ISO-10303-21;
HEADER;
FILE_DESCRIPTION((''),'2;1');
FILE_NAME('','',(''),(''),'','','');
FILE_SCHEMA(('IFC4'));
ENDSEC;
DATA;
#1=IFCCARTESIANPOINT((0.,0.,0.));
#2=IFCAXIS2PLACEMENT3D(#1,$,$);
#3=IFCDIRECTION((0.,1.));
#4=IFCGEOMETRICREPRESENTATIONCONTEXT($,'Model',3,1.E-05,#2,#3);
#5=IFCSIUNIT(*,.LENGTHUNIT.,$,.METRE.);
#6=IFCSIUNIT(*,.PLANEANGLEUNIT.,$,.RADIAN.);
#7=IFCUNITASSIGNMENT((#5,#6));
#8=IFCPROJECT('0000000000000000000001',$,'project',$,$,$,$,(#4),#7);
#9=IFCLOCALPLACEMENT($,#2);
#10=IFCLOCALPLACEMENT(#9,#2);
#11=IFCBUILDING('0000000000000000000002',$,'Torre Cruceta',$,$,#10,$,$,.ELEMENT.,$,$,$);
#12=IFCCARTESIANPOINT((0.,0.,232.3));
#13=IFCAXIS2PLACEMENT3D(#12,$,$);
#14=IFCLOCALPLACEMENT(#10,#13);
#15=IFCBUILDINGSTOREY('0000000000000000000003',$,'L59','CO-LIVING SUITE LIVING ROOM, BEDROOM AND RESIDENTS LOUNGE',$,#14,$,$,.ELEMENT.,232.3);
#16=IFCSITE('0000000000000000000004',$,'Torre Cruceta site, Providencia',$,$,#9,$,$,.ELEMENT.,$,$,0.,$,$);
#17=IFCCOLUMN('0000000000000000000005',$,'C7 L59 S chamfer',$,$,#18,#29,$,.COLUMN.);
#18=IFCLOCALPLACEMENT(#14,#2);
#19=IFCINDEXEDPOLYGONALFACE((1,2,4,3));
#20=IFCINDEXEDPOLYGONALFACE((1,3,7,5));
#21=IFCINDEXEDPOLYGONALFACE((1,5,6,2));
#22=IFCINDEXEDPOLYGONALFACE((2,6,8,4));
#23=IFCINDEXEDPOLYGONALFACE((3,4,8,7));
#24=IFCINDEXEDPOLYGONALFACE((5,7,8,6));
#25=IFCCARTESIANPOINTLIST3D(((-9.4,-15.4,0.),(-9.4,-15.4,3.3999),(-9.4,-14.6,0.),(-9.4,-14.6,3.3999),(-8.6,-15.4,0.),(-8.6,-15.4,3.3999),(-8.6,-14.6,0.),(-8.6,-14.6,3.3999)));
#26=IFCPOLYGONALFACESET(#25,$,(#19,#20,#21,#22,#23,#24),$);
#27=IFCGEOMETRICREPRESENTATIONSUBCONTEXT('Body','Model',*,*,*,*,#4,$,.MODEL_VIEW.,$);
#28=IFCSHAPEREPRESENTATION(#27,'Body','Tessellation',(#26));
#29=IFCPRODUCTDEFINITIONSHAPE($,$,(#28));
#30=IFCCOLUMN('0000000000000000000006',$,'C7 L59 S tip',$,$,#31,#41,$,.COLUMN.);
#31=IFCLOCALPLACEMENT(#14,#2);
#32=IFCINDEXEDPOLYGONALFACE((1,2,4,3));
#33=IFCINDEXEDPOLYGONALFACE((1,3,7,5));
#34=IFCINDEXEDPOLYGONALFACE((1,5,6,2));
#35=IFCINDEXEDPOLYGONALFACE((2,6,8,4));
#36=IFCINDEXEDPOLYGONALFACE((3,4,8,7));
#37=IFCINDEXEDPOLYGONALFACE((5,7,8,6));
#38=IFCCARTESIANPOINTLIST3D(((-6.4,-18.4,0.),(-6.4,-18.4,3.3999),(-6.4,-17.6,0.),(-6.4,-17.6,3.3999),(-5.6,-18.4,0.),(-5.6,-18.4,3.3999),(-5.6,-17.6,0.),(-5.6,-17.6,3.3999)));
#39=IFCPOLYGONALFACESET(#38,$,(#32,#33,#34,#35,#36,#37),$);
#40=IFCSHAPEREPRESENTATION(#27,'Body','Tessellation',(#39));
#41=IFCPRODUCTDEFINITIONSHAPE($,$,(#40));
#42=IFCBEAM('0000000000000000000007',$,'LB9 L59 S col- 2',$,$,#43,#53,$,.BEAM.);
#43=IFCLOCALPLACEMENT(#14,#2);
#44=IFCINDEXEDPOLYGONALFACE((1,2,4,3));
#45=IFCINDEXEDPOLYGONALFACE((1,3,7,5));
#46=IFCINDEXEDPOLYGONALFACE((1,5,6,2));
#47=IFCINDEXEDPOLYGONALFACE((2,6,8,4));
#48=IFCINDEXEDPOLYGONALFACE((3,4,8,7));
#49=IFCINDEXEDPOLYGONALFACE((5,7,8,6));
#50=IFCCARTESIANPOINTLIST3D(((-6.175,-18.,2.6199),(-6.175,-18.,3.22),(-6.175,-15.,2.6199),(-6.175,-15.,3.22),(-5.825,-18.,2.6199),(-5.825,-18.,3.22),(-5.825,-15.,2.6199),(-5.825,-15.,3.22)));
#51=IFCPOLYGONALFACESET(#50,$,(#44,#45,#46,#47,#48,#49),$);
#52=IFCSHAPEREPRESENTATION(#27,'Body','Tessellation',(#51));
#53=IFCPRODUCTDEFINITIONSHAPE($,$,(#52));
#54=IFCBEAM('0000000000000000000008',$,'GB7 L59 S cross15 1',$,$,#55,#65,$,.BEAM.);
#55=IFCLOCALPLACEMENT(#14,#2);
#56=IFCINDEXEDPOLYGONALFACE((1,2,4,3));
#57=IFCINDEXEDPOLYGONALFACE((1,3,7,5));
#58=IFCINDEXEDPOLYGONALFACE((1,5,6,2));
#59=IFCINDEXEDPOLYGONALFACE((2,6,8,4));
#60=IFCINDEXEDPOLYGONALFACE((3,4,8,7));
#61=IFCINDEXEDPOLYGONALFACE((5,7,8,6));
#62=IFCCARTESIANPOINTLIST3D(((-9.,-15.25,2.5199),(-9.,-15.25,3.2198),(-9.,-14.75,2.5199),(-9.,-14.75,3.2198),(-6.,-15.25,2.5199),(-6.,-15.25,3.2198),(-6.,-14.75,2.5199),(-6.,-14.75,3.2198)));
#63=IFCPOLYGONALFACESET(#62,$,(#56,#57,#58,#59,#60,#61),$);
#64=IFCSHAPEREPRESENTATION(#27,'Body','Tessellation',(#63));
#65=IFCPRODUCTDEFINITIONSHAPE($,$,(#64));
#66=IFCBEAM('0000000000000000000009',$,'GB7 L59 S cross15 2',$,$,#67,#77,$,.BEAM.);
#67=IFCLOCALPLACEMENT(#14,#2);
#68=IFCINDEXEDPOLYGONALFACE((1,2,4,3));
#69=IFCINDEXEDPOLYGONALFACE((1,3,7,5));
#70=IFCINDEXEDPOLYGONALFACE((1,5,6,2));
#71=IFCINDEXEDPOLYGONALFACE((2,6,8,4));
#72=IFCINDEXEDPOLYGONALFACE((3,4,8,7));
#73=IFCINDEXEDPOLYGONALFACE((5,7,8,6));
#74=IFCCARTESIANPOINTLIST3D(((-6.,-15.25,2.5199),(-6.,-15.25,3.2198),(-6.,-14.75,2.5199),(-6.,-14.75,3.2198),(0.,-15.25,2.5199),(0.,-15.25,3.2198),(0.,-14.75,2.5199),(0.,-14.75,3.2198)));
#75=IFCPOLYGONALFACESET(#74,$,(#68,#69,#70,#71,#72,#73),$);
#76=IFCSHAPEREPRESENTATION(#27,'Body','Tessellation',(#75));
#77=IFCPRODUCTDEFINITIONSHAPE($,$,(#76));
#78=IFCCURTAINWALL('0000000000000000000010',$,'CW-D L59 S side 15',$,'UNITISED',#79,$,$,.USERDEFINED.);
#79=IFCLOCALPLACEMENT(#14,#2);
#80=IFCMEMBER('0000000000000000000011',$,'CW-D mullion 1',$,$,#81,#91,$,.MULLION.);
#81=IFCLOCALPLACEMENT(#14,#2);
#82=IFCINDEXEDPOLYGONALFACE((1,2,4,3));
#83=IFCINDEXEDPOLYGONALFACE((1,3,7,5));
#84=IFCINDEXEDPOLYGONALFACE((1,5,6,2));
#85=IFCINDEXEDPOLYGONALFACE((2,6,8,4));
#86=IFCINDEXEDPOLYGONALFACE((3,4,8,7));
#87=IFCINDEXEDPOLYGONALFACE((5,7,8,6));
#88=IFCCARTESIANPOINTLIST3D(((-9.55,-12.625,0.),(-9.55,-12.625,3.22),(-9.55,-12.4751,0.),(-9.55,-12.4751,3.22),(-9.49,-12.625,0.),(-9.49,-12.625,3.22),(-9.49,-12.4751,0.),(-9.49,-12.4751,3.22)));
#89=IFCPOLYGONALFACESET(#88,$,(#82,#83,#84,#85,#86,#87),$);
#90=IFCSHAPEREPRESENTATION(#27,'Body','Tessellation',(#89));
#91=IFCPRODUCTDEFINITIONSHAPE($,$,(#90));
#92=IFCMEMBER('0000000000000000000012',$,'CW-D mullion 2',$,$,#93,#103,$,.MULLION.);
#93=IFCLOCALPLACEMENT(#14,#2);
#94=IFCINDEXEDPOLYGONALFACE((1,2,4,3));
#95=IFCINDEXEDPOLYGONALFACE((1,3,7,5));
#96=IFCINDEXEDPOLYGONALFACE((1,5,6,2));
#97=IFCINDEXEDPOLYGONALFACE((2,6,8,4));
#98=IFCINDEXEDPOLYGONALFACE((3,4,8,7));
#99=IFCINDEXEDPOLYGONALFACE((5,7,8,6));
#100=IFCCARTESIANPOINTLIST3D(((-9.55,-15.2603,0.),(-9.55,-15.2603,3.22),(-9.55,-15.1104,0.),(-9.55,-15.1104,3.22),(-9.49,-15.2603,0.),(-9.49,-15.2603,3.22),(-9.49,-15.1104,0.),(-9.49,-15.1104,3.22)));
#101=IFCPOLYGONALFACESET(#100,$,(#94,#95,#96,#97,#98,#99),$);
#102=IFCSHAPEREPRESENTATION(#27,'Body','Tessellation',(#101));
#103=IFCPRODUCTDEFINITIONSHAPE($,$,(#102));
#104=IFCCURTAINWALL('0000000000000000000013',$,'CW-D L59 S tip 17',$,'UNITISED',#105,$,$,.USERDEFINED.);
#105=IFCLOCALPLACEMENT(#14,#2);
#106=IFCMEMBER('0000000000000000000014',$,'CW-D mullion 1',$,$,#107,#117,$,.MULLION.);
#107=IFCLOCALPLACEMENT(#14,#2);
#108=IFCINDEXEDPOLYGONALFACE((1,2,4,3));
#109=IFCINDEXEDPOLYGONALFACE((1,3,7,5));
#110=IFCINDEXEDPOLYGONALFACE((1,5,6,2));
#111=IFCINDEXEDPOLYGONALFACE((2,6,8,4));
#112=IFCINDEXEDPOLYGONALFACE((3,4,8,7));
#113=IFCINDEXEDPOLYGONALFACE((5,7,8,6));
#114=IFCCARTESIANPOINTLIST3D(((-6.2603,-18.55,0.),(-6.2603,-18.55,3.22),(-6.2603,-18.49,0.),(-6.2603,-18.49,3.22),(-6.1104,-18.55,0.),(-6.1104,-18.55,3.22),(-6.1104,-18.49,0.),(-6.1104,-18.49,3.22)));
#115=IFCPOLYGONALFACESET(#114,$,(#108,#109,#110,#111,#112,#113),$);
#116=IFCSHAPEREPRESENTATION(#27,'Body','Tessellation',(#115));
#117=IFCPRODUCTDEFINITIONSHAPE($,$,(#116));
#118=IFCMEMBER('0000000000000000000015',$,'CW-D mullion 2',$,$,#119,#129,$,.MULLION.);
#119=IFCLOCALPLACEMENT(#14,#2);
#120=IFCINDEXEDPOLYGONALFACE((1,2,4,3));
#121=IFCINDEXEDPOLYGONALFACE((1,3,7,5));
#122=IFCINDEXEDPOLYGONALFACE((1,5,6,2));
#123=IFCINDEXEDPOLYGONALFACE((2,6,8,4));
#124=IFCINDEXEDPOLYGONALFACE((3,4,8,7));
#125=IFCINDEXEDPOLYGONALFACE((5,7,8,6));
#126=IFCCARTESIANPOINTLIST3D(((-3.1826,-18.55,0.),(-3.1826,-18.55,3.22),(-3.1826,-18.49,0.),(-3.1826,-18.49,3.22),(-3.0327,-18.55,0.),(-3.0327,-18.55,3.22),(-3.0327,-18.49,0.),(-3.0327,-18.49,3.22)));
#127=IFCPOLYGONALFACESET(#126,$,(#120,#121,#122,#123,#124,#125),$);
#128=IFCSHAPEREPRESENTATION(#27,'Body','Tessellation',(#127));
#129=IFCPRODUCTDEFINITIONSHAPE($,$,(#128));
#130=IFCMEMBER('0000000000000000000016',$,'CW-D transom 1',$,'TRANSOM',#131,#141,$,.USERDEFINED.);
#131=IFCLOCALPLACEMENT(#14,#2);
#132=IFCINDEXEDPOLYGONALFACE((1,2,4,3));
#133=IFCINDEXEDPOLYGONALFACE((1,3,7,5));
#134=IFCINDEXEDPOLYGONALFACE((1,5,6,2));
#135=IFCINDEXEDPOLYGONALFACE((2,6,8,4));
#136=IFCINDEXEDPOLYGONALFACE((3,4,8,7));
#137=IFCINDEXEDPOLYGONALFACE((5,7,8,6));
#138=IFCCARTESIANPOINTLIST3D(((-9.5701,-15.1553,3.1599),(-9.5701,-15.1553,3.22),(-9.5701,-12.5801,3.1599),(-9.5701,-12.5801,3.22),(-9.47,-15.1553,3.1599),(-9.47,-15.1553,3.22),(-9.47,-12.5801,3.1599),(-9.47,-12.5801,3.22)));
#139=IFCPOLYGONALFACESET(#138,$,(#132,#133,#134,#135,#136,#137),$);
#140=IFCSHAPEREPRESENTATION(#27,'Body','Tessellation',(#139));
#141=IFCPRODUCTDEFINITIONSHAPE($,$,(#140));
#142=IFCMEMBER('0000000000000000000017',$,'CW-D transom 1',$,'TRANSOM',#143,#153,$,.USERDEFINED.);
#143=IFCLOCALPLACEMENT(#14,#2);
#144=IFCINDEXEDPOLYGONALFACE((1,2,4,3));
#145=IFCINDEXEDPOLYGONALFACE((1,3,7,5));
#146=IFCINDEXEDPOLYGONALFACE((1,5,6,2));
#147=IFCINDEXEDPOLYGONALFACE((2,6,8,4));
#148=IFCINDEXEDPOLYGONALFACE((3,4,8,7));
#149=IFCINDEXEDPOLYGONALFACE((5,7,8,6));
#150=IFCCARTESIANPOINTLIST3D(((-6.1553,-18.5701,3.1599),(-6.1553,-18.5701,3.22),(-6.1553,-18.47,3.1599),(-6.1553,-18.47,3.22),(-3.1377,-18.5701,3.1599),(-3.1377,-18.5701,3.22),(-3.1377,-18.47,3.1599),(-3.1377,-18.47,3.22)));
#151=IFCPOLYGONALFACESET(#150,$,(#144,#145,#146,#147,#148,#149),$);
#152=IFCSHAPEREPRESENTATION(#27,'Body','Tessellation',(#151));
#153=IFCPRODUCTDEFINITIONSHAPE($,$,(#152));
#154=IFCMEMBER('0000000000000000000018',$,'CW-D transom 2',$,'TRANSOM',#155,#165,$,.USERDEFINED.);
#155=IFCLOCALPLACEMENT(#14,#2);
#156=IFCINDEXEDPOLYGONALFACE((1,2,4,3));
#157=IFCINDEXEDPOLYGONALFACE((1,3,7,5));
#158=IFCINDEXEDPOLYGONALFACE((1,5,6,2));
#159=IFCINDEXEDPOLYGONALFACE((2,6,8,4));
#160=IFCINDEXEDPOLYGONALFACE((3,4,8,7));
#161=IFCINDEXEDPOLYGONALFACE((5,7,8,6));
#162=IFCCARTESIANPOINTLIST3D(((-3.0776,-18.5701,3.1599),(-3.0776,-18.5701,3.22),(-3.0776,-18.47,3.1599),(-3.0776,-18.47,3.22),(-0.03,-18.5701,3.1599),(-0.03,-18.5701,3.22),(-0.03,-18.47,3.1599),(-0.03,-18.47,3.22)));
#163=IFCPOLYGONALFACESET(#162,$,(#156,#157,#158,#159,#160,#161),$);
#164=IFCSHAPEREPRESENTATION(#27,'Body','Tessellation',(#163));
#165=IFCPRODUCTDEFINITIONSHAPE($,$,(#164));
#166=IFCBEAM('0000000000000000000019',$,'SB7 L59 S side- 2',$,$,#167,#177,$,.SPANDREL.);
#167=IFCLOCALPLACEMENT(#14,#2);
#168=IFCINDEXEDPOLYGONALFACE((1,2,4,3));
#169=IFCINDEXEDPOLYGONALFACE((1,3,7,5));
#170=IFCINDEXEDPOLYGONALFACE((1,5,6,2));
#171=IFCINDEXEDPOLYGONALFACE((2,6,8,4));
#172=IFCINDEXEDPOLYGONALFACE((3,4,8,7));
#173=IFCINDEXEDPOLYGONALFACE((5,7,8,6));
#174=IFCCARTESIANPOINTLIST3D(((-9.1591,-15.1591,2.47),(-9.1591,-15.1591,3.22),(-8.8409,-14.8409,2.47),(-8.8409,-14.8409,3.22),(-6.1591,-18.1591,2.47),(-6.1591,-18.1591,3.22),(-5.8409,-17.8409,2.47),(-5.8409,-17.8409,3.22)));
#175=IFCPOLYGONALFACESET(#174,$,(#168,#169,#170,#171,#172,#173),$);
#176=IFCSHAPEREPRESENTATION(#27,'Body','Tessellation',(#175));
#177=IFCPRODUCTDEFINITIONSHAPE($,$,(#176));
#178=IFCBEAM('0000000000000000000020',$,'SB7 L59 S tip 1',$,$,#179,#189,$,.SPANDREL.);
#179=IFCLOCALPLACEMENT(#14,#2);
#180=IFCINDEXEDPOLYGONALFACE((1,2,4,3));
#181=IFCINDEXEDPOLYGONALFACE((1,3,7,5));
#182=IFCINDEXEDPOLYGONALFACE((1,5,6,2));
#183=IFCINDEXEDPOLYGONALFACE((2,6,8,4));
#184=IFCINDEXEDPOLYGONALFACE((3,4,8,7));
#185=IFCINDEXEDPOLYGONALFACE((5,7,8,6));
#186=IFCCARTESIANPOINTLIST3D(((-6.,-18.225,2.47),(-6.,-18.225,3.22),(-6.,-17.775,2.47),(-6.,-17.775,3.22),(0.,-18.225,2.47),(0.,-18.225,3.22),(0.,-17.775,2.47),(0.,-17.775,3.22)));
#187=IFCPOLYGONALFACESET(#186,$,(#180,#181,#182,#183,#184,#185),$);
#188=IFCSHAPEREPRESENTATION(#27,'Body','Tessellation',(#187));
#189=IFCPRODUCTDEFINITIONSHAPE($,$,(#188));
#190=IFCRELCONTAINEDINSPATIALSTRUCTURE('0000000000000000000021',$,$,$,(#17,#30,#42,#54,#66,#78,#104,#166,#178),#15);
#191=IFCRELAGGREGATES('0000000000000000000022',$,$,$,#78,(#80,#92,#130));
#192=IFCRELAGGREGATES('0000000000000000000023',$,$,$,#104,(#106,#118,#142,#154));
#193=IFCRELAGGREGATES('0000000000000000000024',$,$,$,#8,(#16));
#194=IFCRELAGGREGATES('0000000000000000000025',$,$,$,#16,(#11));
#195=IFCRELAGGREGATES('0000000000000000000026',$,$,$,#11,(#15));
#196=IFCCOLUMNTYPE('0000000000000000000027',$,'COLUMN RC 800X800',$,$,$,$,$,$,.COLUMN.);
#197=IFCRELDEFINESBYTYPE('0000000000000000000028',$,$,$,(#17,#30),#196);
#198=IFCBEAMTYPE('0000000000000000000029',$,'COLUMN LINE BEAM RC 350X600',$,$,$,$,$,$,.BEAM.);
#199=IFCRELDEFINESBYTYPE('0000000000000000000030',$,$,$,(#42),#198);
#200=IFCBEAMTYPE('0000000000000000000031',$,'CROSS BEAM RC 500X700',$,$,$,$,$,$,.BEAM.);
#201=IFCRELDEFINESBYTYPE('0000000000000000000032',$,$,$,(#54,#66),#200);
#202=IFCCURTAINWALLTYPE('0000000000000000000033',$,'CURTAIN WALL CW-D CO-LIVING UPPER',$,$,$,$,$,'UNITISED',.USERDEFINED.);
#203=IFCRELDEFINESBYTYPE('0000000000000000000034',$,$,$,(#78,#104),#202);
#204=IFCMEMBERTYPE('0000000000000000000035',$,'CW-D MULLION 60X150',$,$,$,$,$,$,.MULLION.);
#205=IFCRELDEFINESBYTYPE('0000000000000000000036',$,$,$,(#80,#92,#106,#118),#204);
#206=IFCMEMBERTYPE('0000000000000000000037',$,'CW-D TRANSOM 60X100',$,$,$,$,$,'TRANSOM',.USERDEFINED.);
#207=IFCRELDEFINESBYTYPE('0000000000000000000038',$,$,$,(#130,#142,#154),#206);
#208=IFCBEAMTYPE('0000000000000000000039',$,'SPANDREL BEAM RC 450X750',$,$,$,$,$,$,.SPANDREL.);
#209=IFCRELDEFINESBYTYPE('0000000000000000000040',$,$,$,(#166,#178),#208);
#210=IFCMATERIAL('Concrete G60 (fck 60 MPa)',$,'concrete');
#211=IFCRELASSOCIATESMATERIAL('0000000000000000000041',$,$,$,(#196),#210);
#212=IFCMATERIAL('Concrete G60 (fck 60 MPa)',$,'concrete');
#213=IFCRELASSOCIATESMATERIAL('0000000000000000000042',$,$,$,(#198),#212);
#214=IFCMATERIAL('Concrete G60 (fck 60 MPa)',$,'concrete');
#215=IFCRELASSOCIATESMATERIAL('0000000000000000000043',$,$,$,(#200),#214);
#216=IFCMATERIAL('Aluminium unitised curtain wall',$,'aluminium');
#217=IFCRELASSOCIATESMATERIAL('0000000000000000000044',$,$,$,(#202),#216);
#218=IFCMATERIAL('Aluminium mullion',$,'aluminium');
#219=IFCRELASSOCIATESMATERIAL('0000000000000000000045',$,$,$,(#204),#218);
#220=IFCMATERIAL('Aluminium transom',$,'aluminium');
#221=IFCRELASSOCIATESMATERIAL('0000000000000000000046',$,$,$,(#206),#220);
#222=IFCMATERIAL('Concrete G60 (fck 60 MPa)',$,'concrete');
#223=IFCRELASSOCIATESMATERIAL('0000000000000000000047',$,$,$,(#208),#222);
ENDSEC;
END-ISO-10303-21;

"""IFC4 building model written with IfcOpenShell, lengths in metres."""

from ifc_helpers import new_model, si_unit, direction, frame, origin, origin_2d, place, context, subcontext, project, spatial, rectangle, extrude, material, material_profile, profile_set, type_object, element, aggregate, save


model = new_model("IFC4")

# Units and contexts
model_context = context("Model", 3, precision=1e-05, world=origin(), true_north=direction((0.0, 1.0)))
body_context = subcontext(model_context, "Body", "Model", "MODEL_VIEW")
ifc_project = project(units=[si_unit("LENGTHUNIT", "METRE"), si_unit("PLANEANGLEUNIT", "RADIAN")], contexts=[model_context])

# Site, building, storey
site_placement = place(None, origin())
site = spatial("IfcSite", under=ifc_project, at=site_placement, Name="Torre Cruceta site, Providencia", CompositionType="ELEMENT", RefElevation=0.0)
building_placement = place(site_placement, origin())
building = spatial("IfcBuilding", under=site, at=building_placement, Name="Torre Cruceta", CompositionType="ELEMENT")
storey_placement = place(building_placement, frame((0.0, 0.0, 232.3)))
storey = spatial("IfcBuildingStorey", under=building, at=storey_placement, Name="L59", Description="CO-LIVING SUITE LIVING ROOM, BEDROOM AND RESIDENTS LOUNGE", CompositionType="ELEMENT", Elevation=232.3)

# Columns
ifc_material_1 = material(Name="Concrete G60 (fck 60 MPa)", Category="concrete")
ifc_material_profile_1 = material_profile(ifc_material_1, rectangle(XDim=0.8, YDim=0.8, at=origin_2d()), Name="RC 800X800")
ifc_profile_set_1 = profile_set([ifc_material_profile_1], Name="Concrete G60 (fck 60 MPa)")
column_type = type_object("IfcColumnType", Name="COLUMN RC 800X800", PredefinedType="COLUMN", material=ifc_profile_set_1)
for number, where, z_axis, x_axis, name in (
    (1, (-9.0, -15.0, 0.0), (0.0, 0.0, 1.0), (1.0, 0.0, 0.0), "C7 L59 S chamfer"),
    (2, (-6.0, -18.0, 0.0), (0.0, 0.0, 1.0), (1.0, 0.0, 0.0), "C7 L59 S tip"),
):
    element("IfcColumn", number, at=place(storey_placement, frame(where, z_axis=z_axis, x_axis=x_axis)), inside=storey, type_object=column_type, Name=name, PredefinedType="COLUMN", context=body_context, shape_type="SweptSolid", body=[
        extrude(rectangle(XDim=0.8, YDim=0.8, at=origin_2d()), origin(), (0.0, 0.0, 1.0), 3.3999),
    ])

# Beams
ifc_material_2 = material(Name="Concrete G60 (fck 60 MPa)", Category="concrete")
ifc_material_profile_2 = material_profile(ifc_material_2, rectangle(XDim=0.3501, YDim=0.6001, at=origin_2d()), Name="RC 350X600")
ifc_profile_set_2 = profile_set([ifc_material_profile_2], Name="Concrete G60 (fck 60 MPa)")
beam_type_1 = type_object("IfcBeamType", Name="COLUMN LINE BEAM RC 350X600", PredefinedType="BEAM", material=ifc_profile_set_2)
beam_1_placement = place(storey_placement, frame((-6.0, -15.0, 2.9199), z_axis=(0.0, -1.0, 0.0), x_axis=(1.0, 0.0, 0.0)))
element("IfcBeam", 3, at=beam_1_placement, inside=storey, type_object=beam_type_1, Name="LB9 L59 S col- 2", PredefinedType="BEAM", context=body_context, shape_type="SweptSolid", body=[
    extrude(rectangle(XDim=0.3501, YDim=0.6001, at=origin_2d()), origin(), (0.0, 0.0, 1.0), 3.0),
])
ifc_material_3 = material(Name="Concrete G60 (fck 60 MPa)", Category="concrete")
ifc_material_profile_3 = material_profile(ifc_material_3, rectangle(XDim=0.5, YDim=0.7, at=origin_2d()), Name="RC 500X700")
ifc_profile_set_3 = profile_set([ifc_material_profile_3], Name="Concrete G60 (fck 60 MPa)")
beam_type_2 = type_object("IfcBeamType", Name="CROSS BEAM RC 500X700", PredefinedType="BEAM", material=ifc_profile_set_3)
beam_2_placement = place(storey_placement, frame((-9.0, -15.0, 2.8699), z_axis=(1.0, 0.0, 0.0), x_axis=(0.0, 1.0, 0.0)))
element("IfcBeam", 4, at=beam_2_placement, inside=storey, type_object=beam_type_2, Name="GB7 L59 S cross15 1", PredefinedType="BEAM", context=body_context, shape_type="SweptSolid", body=[
    extrude(rectangle(XDim=0.5, YDim=0.7, at=origin_2d()), origin(), (0.0, 0.0, 1.0), 3.0),
])
beam_3_placement = place(storey_placement, frame((-6.0, -15.0, 2.8699), z_axis=(1.0, 0.0, 0.0), x_axis=(0.0, 1.0, 0.0)))
element("IfcBeam", 5, at=beam_3_placement, inside=storey, type_object=beam_type_2, Name="GB7 L59 S cross15 2", PredefinedType="BEAM", context=body_context, shape_type="SweptSolid", body=[
    extrude(rectangle(XDim=0.5, YDim=0.7, at=origin_2d()), origin(), (0.0, 0.0, 1.0), 6.0),
])

# Curtain walls, members
ifc_material_4 = material(Name="Aluminium unitised curtain wall", Category="aluminium")
curtain_wall_type = type_object("IfcCurtainWallType", Name="CURTAIN WALL CW-D CO-LIVING UPPER", ElementType="UNITISED", PredefinedType="USERDEFINED", material=ifc_material_4)
curtain_wall_1_placement = place(storey_placement, origin())
curtain_wall_1 = element("IfcCurtainWall", 6, at=curtain_wall_1_placement, inside=storey, type_object=curtain_wall_type, Name="CW-D L59 S side 15", ObjectType="UNITISED", PredefinedType="USERDEFINED")
ifc_material_5 = material(Name="Aluminium mullion", Category="aluminium")
ifc_material_profile_4 = material_profile(ifc_material_5, rectangle(XDim=0.0601, YDim=0.1499, at=origin_2d()), Name="AL 60X150")
ifc_profile_set_4 = profile_set([ifc_material_profile_4], Name="Aluminium mullion")
member_type_1 = type_object("IfcMemberType", Name="CW-D MULLION 60X150", PredefinedType="MULLION", material=ifc_profile_set_4)
member_1_placement = place(storey_placement, frame((-9.52, -12.55, 0.0), z_axis=(0.0, 0.0, 1.0), x_axis=(1.0, 0.0, 0.0)))
member_1 = element("IfcMember", 7, at=member_1_placement, type_object=member_type_1, Name="CW-D mullion 1", PredefinedType="MULLION", context=body_context, shape_type="SweptSolid", body=[
    extrude(rectangle(XDim=0.0601, YDim=0.1499, at=origin_2d()), origin(), (0.0, 0.0, 1.0), 3.22),
])
member_2_placement = place(storey_placement, frame((-9.52, -15.1853, 0.0), z_axis=(0.0, 0.0, 1.0), x_axis=(1.0, 0.0, 0.0)))
member_2 = element("IfcMember", 8, at=member_2_placement, type_object=member_type_1, Name="CW-D mullion 2", PredefinedType="MULLION", context=body_context, shape_type="SweptSolid", body=[
    extrude(rectangle(XDim=0.0601, YDim=0.1499, at=origin_2d()), origin(), (0.0, 0.0, 1.0), 3.22),
])
curtain_wall_2_placement = place(storey_placement, origin())
curtain_wall_2 = element("IfcCurtainWall", 9, at=curtain_wall_2_placement, inside=storey, type_object=curtain_wall_type, Name="CW-D L59 S tip 17", ObjectType="UNITISED", PredefinedType="USERDEFINED")
member_3_placement = place(storey_placement, frame((-6.1853, -18.52, 0.0), z_axis=(0.0, 0.0, 1.0), x_axis=(0.0, 1.0, 0.0)))
member_3 = element("IfcMember", 10, at=member_3_placement, type_object=member_type_1, Name="CW-D mullion 1", PredefinedType="MULLION", context=body_context, shape_type="SweptSolid", body=[
    extrude(rectangle(XDim=0.0601, YDim=0.1499, at=origin_2d()), origin(), (0.0, 0.0, 1.0), 3.22),
])
member_4_placement = place(storey_placement, frame((-3.1077, -18.52, 0.0), z_axis=(0.0, 0.0, 1.0), x_axis=(0.0, 1.0, 0.0)))
member_4 = element("IfcMember", 11, at=member_4_placement, type_object=member_type_1, Name="CW-D mullion 2", PredefinedType="MULLION", context=body_context, shape_type="SweptSolid", body=[
    extrude(rectangle(XDim=0.0601, YDim=0.1499, at=origin_2d()), origin(), (0.0, 0.0, 1.0), 3.22),
])

# Members
ifc_material_6 = material(Name="Aluminium transom", Category="aluminium")
ifc_material_profile_5 = material_profile(ifc_material_6, rectangle(XDim=0.1001, YDim=0.0601, at=origin_2d()), Name="AL 100X60")
ifc_profile_set_5 = profile_set([ifc_material_profile_5], Name="Aluminium transom")
member_type_2 = type_object("IfcMemberType", Name="CW-D TRANSOM 60X100", ElementType="TRANSOM", PredefinedType="USERDEFINED", material=ifc_profile_set_5)
member_5_placement = place(storey_placement, frame((-9.52, -12.5801, 3.1899), z_axis=(0.0, -1.0, 0.0), x_axis=(1.0, 0.0, 0.0)))
member_5 = element("IfcMember", 12, at=member_5_placement, type_object=member_type_2, Name="CW-D transom 1", ObjectType="TRANSOM", PredefinedType="USERDEFINED", context=body_context, shape_type="SweptSolid", body=[
    extrude(rectangle(XDim=0.1001, YDim=0.0601, at=origin_2d()), origin(), (0.0, 0.0, 1.0), 2.5752),
])
member_6_placement = place(storey_placement, frame((-6.1553, -18.52, 3.1899), z_axis=(1.0, 0.0, 0.0), x_axis=(0.0, 1.0, 0.0)))
member_6 = element("IfcMember", 13, at=member_6_placement, type_object=member_type_2, Name="CW-D transom 1", ObjectType="TRANSOM", PredefinedType="USERDEFINED", context=body_context, shape_type="SweptSolid", body=[
    extrude(rectangle(XDim=0.1001, YDim=0.0601, at=origin_2d()), origin(), (0.0, 0.0, 1.0), 3.0176),
])
member_7_placement = place(storey_placement, frame((-3.0776, -18.52, 3.1899), z_axis=(1.0, 0.0, 0.0), x_axis=(0.0, 1.0, 0.0)))
member_7 = element("IfcMember", 14, at=member_7_placement, type_object=member_type_2, Name="CW-D transom 2", ObjectType="TRANSOM", PredefinedType="USERDEFINED", context=body_context, shape_type="SweptSolid", body=[
    extrude(rectangle(XDim=0.1001, YDim=0.0601, at=origin_2d()), origin(), (0.0, 0.0, 1.0), 3.0476),
])

# Beams
ifc_material_7 = material(Name="Concrete G60 (fck 60 MPa)", Category="concrete")
ifc_material_profile_6 = material_profile(ifc_material_7, rectangle(XDim=0.45, YDim=0.75, at=origin_2d()), Name="RC 450X750")
ifc_profile_set_6 = profile_set([ifc_material_profile_6], Name="Concrete G60 (fck 60 MPa)")
beam_type_3 = type_object("IfcBeamType", Name="SPANDREL BEAM RC 450X750", PredefinedType="SPANDREL", material=ifc_profile_set_6)
beam_4_placement = place(storey_placement, frame((-9.0, -15.0, 2.845), z_axis=(0.707107, -0.707107, 0.0), x_axis=(0.707107, 0.707107, 0.0)))
element("IfcBeam", 15, at=beam_4_placement, inside=storey, type_object=beam_type_3, Name="SB7 L59 S side- 2", PredefinedType="SPANDREL", context=body_context, shape_type="SweptSolid", body=[
    extrude(rectangle(XDim=0.45, YDim=0.75, at=origin_2d()), origin(), (0.0, 0.0, 1.0), 4.2427),
])
beam_5_placement = place(storey_placement, frame((-6.0, -18.0, 2.845), z_axis=(1.0, 0.0, 0.0), x_axis=(0.0, 1.0, 0.0)))
element("IfcBeam", 16, at=beam_5_placement, inside=storey, type_object=beam_type_3, Name="SB7 L59 S tip 1", PredefinedType="SPANDREL", context=body_context, shape_type="SweptSolid", body=[
    extrude(rectangle(XDim=0.45, YDim=0.75, at=origin_2d()), origin(), (0.0, 0.0, 1.0), 6.0),
])

aggregate(curtain_wall_1, [member_1, member_2, member_5])
aggregate(curtain_wall_2, [member_3, member_4, member_6, member_7])

save(model, "model.ifc")
